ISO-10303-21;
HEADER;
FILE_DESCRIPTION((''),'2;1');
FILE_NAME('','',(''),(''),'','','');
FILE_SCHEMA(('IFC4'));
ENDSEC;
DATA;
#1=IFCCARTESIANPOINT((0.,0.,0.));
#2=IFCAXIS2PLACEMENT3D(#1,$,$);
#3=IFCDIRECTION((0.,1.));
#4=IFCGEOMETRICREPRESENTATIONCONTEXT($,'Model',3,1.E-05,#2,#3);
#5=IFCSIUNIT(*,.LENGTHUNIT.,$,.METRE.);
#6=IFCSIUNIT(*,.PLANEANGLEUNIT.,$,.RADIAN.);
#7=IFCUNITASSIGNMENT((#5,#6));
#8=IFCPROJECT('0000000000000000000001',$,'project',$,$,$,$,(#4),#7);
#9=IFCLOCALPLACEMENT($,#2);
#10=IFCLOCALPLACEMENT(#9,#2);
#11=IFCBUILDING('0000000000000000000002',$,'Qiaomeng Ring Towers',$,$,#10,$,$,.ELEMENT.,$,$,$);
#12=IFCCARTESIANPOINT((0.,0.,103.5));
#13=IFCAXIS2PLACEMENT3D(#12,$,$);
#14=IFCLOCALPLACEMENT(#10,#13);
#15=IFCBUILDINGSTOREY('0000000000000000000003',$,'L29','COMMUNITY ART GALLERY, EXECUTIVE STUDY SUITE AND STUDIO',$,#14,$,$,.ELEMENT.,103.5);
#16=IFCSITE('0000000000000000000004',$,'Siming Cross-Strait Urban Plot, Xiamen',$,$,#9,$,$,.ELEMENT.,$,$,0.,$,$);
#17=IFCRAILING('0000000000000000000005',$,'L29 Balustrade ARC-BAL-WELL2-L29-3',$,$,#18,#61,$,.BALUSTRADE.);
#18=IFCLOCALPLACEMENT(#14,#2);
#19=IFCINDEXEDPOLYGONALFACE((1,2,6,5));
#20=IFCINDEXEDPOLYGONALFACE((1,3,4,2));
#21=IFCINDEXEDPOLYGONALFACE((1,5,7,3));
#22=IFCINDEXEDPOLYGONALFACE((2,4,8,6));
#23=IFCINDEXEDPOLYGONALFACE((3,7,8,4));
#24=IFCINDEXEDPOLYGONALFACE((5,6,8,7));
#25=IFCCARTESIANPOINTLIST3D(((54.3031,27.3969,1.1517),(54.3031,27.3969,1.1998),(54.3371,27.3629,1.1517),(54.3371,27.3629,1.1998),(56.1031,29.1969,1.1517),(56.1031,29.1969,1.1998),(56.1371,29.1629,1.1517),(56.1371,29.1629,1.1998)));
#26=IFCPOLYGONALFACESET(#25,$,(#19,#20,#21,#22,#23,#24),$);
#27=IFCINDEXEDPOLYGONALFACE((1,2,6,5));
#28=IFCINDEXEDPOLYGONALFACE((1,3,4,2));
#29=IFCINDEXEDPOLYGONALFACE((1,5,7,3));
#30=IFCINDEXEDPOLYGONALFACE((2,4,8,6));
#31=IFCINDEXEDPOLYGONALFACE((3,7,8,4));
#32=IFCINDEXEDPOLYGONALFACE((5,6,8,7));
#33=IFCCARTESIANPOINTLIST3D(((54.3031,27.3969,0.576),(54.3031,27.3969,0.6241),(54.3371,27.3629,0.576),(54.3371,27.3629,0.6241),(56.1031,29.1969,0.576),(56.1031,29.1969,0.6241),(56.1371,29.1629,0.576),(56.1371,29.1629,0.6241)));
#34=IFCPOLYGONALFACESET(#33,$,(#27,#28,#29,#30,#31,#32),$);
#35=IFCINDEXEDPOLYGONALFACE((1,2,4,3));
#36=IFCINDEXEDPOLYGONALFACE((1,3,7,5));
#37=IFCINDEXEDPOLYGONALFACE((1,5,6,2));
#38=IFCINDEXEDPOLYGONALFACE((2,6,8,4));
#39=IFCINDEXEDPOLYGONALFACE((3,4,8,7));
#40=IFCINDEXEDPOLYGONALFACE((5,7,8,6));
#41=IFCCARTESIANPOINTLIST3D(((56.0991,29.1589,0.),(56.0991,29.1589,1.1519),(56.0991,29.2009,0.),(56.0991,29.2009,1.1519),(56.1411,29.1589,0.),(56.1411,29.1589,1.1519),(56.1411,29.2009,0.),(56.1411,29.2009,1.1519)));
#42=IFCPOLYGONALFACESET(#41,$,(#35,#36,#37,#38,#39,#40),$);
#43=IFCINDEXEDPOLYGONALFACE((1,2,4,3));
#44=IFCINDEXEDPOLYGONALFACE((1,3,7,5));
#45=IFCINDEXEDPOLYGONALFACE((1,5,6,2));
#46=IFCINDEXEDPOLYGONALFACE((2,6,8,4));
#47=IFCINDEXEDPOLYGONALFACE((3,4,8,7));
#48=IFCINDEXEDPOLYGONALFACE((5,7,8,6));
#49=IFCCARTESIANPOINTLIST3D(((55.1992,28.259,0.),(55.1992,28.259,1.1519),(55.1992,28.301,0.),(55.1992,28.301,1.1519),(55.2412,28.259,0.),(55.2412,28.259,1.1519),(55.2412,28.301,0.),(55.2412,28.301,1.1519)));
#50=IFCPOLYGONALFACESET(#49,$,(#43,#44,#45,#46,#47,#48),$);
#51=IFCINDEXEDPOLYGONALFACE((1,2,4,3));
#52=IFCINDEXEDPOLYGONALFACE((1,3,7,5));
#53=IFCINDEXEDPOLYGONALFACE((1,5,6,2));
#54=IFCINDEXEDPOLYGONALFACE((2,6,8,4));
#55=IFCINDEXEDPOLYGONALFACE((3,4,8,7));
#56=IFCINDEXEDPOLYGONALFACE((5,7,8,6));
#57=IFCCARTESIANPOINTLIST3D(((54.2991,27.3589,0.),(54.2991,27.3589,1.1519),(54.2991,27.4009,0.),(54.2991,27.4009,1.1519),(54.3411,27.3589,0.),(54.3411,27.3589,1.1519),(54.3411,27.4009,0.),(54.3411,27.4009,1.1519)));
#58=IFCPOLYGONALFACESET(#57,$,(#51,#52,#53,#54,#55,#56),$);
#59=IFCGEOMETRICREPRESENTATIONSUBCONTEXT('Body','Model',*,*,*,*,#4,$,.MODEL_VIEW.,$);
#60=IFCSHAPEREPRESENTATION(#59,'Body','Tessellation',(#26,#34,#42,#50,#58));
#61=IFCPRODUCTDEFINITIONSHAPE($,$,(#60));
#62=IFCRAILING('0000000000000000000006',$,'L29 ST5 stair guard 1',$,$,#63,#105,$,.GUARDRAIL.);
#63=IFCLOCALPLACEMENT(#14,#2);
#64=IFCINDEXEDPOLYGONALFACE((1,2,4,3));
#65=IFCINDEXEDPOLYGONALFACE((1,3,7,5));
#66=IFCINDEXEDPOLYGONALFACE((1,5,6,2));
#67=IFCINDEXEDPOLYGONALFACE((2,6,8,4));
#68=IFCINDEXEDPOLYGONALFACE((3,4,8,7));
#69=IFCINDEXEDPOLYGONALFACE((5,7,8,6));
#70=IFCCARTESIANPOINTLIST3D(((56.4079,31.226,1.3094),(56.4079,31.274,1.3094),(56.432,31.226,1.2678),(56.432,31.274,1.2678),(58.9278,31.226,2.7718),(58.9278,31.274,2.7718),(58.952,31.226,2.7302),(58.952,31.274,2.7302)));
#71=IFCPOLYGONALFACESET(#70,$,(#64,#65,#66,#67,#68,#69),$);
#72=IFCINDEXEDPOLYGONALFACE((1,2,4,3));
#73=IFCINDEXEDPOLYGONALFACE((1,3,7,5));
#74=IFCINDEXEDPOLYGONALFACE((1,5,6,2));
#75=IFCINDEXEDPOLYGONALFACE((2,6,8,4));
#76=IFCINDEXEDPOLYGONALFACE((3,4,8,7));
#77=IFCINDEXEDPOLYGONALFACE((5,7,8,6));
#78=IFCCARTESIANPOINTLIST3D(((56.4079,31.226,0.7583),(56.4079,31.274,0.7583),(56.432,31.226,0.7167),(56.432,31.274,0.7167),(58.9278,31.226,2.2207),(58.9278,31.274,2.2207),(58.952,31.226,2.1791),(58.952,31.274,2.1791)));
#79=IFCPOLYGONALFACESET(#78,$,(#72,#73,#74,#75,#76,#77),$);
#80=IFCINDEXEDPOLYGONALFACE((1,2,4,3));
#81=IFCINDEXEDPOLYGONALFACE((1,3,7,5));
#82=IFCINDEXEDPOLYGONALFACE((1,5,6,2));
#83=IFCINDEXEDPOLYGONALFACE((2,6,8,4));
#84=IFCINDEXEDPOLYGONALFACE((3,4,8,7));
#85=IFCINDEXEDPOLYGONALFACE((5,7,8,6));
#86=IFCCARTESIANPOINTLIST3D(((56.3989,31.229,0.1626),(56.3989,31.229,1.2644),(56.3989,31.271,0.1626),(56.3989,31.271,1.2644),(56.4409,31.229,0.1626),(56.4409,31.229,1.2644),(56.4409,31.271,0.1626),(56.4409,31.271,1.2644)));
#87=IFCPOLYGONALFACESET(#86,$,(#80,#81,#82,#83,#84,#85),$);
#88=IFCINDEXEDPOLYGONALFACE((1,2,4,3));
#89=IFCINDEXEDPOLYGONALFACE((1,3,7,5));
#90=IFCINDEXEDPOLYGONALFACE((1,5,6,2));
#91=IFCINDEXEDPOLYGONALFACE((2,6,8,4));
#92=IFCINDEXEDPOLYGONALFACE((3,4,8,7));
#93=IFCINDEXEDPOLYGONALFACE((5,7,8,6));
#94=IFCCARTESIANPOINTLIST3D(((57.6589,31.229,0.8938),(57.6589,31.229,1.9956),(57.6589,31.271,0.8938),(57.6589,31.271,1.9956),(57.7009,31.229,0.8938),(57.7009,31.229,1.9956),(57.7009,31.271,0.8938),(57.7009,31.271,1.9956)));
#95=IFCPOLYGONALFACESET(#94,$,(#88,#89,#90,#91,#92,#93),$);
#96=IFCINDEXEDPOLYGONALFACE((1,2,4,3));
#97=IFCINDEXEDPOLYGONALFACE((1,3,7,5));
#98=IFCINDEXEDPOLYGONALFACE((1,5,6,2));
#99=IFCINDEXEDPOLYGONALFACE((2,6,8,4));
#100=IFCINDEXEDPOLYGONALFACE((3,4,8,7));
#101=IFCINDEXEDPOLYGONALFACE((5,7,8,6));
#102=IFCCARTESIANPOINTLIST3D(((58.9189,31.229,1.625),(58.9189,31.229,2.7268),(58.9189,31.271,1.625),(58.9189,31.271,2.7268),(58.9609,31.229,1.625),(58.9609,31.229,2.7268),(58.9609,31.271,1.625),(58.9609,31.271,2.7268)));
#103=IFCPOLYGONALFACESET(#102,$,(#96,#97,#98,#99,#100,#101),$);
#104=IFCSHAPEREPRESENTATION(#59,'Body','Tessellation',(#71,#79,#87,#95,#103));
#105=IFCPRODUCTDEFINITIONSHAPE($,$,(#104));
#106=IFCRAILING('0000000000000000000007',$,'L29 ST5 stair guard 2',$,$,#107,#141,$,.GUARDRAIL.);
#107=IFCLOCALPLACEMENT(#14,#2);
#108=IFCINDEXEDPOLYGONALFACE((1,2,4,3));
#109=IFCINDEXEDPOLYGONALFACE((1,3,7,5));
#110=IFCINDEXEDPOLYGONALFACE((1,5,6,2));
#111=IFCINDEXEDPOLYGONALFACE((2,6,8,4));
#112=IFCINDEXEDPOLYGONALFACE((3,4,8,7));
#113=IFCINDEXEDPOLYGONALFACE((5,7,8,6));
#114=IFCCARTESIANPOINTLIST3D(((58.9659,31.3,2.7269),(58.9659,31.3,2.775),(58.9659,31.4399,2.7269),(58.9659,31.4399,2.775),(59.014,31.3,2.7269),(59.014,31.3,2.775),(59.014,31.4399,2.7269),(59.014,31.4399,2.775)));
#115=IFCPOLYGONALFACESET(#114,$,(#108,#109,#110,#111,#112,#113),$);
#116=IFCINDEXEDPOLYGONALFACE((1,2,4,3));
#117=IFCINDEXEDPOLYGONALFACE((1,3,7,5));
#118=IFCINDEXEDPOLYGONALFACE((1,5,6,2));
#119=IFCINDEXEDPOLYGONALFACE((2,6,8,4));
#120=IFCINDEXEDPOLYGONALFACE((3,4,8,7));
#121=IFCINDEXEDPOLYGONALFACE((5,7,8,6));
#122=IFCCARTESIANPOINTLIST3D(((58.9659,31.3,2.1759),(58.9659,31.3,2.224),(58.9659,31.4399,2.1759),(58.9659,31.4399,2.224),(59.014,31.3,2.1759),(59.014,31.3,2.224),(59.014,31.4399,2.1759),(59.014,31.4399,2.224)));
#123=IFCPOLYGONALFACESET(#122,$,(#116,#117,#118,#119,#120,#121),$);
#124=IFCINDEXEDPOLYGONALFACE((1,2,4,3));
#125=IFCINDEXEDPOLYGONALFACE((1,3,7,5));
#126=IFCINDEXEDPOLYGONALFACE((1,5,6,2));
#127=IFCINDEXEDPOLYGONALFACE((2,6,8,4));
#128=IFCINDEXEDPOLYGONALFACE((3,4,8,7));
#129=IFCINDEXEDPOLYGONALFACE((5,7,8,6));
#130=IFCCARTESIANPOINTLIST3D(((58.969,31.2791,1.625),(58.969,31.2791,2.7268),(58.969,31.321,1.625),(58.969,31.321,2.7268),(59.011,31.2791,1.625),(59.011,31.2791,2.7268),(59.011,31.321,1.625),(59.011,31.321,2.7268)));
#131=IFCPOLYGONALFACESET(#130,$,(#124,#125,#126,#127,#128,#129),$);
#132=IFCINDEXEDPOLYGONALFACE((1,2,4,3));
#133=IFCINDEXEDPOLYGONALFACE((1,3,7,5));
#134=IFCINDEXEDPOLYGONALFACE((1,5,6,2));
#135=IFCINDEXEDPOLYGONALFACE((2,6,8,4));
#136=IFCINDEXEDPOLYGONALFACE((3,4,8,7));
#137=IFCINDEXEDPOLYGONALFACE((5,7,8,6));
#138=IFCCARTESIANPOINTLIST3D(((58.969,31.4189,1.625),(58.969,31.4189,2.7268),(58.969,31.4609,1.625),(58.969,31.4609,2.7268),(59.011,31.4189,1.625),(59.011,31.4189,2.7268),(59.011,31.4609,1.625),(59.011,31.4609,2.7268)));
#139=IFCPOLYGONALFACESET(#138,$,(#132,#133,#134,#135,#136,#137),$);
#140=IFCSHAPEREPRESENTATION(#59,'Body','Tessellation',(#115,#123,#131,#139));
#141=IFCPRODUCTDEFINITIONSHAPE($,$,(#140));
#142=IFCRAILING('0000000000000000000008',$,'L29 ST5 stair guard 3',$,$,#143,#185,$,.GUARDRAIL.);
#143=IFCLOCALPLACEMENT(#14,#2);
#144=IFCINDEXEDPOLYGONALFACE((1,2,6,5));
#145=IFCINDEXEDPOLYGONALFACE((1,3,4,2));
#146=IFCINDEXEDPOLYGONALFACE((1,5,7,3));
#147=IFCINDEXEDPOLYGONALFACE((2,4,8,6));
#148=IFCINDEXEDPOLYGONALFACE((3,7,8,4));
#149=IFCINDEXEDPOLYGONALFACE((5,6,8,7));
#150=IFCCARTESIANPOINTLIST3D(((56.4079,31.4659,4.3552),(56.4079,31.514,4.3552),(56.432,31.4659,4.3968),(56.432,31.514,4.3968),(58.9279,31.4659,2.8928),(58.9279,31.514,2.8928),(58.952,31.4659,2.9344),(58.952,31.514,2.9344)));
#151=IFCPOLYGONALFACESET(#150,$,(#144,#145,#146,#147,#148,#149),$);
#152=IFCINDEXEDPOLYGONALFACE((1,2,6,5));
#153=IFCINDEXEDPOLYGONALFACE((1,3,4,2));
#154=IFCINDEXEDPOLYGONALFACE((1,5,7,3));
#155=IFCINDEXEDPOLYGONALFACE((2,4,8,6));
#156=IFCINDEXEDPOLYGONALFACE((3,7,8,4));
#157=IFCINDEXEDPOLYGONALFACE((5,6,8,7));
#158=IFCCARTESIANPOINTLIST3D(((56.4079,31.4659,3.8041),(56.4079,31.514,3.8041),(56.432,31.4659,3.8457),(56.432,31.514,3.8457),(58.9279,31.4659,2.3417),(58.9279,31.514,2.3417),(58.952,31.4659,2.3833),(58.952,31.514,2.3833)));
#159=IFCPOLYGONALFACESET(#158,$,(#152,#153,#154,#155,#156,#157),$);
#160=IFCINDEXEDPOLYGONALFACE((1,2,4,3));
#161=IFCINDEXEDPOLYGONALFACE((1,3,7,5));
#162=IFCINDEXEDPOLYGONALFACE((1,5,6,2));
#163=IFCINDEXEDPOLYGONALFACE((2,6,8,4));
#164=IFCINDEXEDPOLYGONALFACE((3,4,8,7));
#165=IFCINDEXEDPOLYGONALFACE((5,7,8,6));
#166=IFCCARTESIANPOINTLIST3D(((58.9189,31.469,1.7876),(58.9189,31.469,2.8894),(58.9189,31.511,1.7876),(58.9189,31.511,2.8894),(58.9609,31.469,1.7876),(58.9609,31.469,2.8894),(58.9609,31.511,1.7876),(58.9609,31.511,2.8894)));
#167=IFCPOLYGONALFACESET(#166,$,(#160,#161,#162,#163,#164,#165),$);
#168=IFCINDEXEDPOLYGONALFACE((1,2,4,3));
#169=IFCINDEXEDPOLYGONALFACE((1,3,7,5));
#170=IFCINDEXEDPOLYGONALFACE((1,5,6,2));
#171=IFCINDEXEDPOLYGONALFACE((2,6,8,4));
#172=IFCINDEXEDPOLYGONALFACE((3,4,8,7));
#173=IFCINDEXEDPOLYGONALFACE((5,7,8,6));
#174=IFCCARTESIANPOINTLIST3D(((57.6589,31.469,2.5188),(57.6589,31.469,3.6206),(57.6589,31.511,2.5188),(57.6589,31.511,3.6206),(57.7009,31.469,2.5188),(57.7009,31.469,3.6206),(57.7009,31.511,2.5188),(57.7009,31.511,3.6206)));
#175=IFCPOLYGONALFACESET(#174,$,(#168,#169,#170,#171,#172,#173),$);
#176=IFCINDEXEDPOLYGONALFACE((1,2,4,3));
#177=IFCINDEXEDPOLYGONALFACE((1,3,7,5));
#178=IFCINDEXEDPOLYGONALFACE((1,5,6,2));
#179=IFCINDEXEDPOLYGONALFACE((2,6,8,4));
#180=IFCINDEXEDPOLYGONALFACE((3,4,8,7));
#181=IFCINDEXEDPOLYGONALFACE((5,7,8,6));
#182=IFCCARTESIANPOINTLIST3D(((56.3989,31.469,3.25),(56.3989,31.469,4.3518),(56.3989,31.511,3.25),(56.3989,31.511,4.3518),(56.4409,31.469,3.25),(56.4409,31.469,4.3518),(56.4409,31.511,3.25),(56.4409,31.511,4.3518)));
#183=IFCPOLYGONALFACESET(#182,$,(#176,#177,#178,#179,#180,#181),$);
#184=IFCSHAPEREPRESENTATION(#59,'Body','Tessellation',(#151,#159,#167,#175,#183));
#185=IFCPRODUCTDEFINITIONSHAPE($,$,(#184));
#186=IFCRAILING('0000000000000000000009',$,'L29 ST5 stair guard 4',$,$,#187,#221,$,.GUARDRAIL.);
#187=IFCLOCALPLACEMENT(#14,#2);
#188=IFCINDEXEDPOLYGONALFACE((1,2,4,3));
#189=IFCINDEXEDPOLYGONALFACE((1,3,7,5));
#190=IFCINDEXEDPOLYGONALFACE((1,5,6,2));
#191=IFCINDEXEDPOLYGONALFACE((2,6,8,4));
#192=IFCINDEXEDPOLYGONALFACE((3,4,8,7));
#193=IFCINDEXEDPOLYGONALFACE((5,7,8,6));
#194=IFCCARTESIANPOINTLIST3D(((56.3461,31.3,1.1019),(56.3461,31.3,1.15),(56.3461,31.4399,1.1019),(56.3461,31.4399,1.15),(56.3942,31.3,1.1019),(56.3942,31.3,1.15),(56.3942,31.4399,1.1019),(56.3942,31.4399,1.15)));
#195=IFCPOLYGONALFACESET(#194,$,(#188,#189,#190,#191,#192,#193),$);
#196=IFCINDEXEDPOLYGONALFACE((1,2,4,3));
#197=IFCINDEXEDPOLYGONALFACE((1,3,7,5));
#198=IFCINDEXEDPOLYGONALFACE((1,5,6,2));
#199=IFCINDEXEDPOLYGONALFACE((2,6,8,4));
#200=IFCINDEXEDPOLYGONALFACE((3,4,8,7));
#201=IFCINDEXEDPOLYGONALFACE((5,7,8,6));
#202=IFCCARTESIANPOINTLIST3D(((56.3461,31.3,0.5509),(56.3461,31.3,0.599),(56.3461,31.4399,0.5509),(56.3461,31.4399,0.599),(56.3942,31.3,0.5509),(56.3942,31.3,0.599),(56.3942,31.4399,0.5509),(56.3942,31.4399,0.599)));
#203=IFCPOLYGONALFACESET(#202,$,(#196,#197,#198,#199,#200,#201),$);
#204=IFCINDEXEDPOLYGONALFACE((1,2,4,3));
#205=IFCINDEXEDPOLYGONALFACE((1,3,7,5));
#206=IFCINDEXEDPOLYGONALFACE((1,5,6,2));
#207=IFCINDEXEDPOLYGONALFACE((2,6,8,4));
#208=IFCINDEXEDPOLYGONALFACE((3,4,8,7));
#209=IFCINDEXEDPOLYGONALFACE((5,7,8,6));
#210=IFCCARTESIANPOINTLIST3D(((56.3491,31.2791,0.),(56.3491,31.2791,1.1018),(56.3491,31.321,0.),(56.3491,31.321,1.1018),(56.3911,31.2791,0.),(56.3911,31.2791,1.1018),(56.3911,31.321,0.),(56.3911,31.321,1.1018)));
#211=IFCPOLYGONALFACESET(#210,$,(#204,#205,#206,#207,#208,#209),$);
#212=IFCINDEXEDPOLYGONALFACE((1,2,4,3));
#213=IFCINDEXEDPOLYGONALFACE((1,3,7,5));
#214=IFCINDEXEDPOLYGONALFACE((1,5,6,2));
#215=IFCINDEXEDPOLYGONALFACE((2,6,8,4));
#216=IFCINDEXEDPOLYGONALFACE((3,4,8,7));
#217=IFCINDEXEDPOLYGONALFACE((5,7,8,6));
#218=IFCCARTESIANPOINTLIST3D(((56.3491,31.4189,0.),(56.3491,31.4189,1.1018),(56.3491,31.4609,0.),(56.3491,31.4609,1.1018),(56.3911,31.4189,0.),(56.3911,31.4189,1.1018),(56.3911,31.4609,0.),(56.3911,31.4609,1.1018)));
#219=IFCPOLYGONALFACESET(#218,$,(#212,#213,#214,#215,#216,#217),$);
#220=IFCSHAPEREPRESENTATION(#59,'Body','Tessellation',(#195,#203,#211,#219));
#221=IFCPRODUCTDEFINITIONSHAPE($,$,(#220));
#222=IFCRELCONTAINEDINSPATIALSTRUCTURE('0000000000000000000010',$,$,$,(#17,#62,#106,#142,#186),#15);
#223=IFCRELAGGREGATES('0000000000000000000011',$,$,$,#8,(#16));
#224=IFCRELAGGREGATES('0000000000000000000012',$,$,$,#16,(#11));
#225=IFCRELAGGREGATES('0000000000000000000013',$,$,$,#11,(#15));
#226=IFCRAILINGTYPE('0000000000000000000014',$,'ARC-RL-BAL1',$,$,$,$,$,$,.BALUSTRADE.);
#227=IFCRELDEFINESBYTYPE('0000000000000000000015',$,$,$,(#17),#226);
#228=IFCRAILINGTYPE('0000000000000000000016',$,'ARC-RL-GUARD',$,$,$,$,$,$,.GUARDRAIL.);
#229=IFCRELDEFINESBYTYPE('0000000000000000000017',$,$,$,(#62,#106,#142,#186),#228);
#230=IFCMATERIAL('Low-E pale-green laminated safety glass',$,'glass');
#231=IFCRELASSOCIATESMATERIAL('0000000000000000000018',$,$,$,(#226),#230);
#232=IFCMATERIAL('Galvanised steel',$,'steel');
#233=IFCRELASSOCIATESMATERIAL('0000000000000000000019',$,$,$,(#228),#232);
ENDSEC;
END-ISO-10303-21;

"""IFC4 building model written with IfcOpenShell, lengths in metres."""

from ifc_helpers import new_model, si_unit, direction, frame, origin, origin_2d, place, context, subcontext, project, spatial, rectangle, extrude, material, type_object, element, save


model = new_model("IFC4")

# Units and contexts
model_context = context("Model", 3, precision=1e-05, world=origin(), true_north=direction((0.0, 1.0)))
body_context = subcontext(model_context, "Body", "Model", "MODEL_VIEW")
ifc_project = project(units=[si_unit("LENGTHUNIT", "METRE"), si_unit("PLANEANGLEUNIT", "RADIAN")], contexts=[model_context])

# Site, building, storey
site_placement = place(None, origin())
site = spatial("IfcSite", under=ifc_project, at=site_placement, Name="Siming Cross-Strait Urban Plot, Xiamen", CompositionType="ELEMENT", RefElevation=0.0)
building_placement = place(site_placement, origin())
building = spatial("IfcBuilding", under=site, at=building_placement, Name="Qiaomeng Ring Towers", CompositionType="ELEMENT")
storey_placement = place(building_placement, frame((0.0, 0.0, 103.5)))
storey = spatial("IfcBuildingStorey", under=building, at=storey_placement, Name="L29", Description="COMMUNITY ART GALLERY, EXECUTIVE STUDY SUITE AND STUDIO", CompositionType="ELEMENT", Elevation=103.5)

# Shared definitions
ifc_material_1 = material(Name="Galvanised steel", Category="steel")

# Railings
ifc_material_2 = material(Name="Low-E pale-green laminated safety glass", Category="glass")
railing_type_1 = type_object("IfcRailingType", Name="ARC-RL-BAL1", PredefinedType="BALUSTRADE", material=ifc_material_2)
railing_1_placement = place(storey_placement, frame((56.1201, 29.1799, 0.0)))
element("IfcRailing", 1, at=railing_1_placement, inside=storey, type_object=railing_type_1, Name="L29 Balustrade ARC-BAL-WELL2-L29-3", PredefinedType="BALUSTRADE", context=body_context, shape_type="SweptSolid", body=[
    extrude(rectangle(XDim=0.0481, YDim=0.0481, at=origin_2d()), frame((0.0, 0.0, 1.1758), z_axis=(-0.707107, -0.707107, 0.0), x_axis=(0.707107, -0.707107, 0.0)), (0.0, 0.0, 1.0), 2.5457),
    extrude(rectangle(XDim=0.0481, YDim=0.0481, at=origin_2d()), frame((0.0, 0.0, 0.6001), z_axis=(-0.707107, -0.707107, 0.0), x_axis=(0.707107, -0.707107, 0.0)), (0.0, 0.0, 1.0), 2.5457),
    extrude(rectangle(XDim=0.042, YDim=0.042, at=origin_2d()), origin(), (0.0, 0.0, 1.0), 1.1519),
    extrude(rectangle(XDim=0.042, YDim=0.042, at=origin_2d()), frame((-0.8999, -0.8999, 0.0)), (0.0, 0.0, 1.0), 1.1519),
    extrude(rectangle(XDim=0.042, YDim=0.042, at=origin_2d()), frame((-1.8, -1.8, 0.0)), (0.0, 0.0, 1.0), 1.1519),
])
railing_type_2 = type_object("IfcRailingType", Name="ARC-RL-GUARD", PredefinedType="GUARDRAIL", material=ifc_material_1)
railing_2_placement = place(storey_placement, frame((56.4199, 31.25, 0.1626)))
element("IfcRailing", 2, at=railing_2_placement, inside=storey, type_object=railing_type_2, Name="L29 ST5 stair guard 1", PredefinedType="GUARDRAIL", context=body_context, shape_type="SweptSolid", body=[
    extrude(rectangle(XDim=0.0481, YDim=0.0481, at=origin_2d()), frame((0.0, 0.0, 1.126), z_axis=(0.864913, 0.0, 0.501921), x_axis=(0.0, 1.0, 0.0)), (0.0, 0.0, 1.0), 2.9136),
    extrude(rectangle(XDim=0.0481, YDim=0.0481, at=origin_2d()), frame((0.0, 0.0, 0.575), z_axis=(0.864913, 0.0, 0.501921), x_axis=(0.0, 1.0, 0.0)), (0.0, 0.0, 1.0), 2.9136),
    extrude(rectangle(XDim=0.042, YDim=0.042, at=origin_2d()), origin(), (0.0, 0.0, 1.0), 1.1018),
    extrude(rectangle(XDim=0.042, YDim=0.042, at=origin_2d()), frame((1.26, 0.0, 0.7312)), (0.0, 0.0, 1.0), 1.1018),
    extrude(rectangle(XDim=0.042, YDim=0.042, at=origin_2d()), frame((2.52, 0.0, 1.4624)), (0.0, 0.0, 1.0), 1.1018),
])
railing_3_placement = place(storey_placement, frame((58.99, 31.3, 1.625)))
element("IfcRailing", 3, at=railing_3_placement, inside=storey, type_object=railing_type_2, Name="L29 ST5 stair guard 2", PredefinedType="GUARDRAIL", context=body_context, shape_type="SweptSolid", body=[
    extrude(rectangle(XDim=0.0481, YDim=0.0481, at=origin_2d()), frame((0.0, 0.0, 1.126), z_axis=(0.0, 1.0, 0.0), x_axis=(-1.0, 0.0, 0.0)), (0.0, 0.0, 1.0), 0.1399),
    extrude(rectangle(XDim=0.0481, YDim=0.0481, at=origin_2d()), frame((0.0, 0.0, 0.575), z_axis=(0.0, 1.0, 0.0), x_axis=(-1.0, 0.0, 0.0)), (0.0, 0.0, 1.0), 0.1399),
    extrude(rectangle(XDim=0.042, YDim=0.042, at=origin_2d()), origin(), (0.0, 0.0, 1.0), 1.1018),
    extrude(rectangle(XDim=0.042, YDim=0.042, at=origin_2d()), frame((0.0, 0.1399, 0.0)), (0.0, 0.0, 1.0), 1.1018),
])
railing_4_placement = place(storey_placement, frame((58.9399, 31.49, 1.7876)))
element("IfcRailing", 4, at=railing_4_placement, inside=storey, type_object=railing_type_2, Name="L29 ST5 stair guard 3", PredefinedType="GUARDRAIL", context=body_context, shape_type="SweptSolid", body=[
    extrude(rectangle(XDim=0.0481, YDim=0.0481, at=origin_2d()), frame((0.0, 0.0, 1.126), z_axis=(-0.864913, 0.0, 0.501921), x_axis=(0.0, -1.0, 0.0)), (0.0, 0.0, 1.0), 2.9136),
    extrude(rectangle(XDim=0.0481, YDim=0.0481, at=origin_2d()), frame((0.0, 0.0, 0.575), z_axis=(-0.864913, 0.0, 0.501921), x_axis=(0.0, -1.0, 0.0)), (0.0, 0.0, 1.0), 2.9136),
    extrude(rectangle(XDim=0.042, YDim=0.042, at=origin_2d()), origin(), (0.0, 0.0, 1.0), 1.1018),
    extrude(rectangle(XDim=0.042, YDim=0.042, at=origin_2d()), frame((-1.26, 0.0, 0.7312)), (0.0, 0.0, 1.0), 1.1018),
    extrude(rectangle(XDim=0.042, YDim=0.042, at=origin_2d()), frame((-2.52, 0.0, 1.4624)), (0.0, 0.0, 1.0), 1.1018),
])
railing_5_placement = place(storey_placement, frame((56.3701, 31.3, 0.0)))
element("IfcRailing", 5, at=railing_5_placement, inside=storey, type_object=railing_type_2, Name="L29 ST5 stair guard 4", PredefinedType="GUARDRAIL", context=body_context, shape_type="SweptSolid", body=[
    extrude(rectangle(XDim=0.0481, YDim=0.0481, at=origin_2d()), frame((0.0, 0.0, 1.126), z_axis=(0.0, 1.0, 0.0), x_axis=(-1.0, 0.0, 0.0)), (0.0, 0.0, 1.0), 0.1399),
    extrude(rectangle(XDim=0.0481, YDim=0.0481, at=origin_2d()), frame((0.0, 0.0, 0.575), z_axis=(0.0, 1.0, 0.0), x_axis=(-1.0, 0.0, 0.0)), (0.0, 0.0, 1.0), 0.1399),
    extrude(rectangle(XDim=0.042, YDim=0.042, at=origin_2d()), origin(), (0.0, 0.0, 1.0), 1.1018),
    extrude(rectangle(XDim=0.042, YDim=0.042, at=origin_2d()), frame((0.0, 0.1399, 0.0)), (0.0, 0.0, 1.0), 1.1018),
])

save(model, "model.ifc")
